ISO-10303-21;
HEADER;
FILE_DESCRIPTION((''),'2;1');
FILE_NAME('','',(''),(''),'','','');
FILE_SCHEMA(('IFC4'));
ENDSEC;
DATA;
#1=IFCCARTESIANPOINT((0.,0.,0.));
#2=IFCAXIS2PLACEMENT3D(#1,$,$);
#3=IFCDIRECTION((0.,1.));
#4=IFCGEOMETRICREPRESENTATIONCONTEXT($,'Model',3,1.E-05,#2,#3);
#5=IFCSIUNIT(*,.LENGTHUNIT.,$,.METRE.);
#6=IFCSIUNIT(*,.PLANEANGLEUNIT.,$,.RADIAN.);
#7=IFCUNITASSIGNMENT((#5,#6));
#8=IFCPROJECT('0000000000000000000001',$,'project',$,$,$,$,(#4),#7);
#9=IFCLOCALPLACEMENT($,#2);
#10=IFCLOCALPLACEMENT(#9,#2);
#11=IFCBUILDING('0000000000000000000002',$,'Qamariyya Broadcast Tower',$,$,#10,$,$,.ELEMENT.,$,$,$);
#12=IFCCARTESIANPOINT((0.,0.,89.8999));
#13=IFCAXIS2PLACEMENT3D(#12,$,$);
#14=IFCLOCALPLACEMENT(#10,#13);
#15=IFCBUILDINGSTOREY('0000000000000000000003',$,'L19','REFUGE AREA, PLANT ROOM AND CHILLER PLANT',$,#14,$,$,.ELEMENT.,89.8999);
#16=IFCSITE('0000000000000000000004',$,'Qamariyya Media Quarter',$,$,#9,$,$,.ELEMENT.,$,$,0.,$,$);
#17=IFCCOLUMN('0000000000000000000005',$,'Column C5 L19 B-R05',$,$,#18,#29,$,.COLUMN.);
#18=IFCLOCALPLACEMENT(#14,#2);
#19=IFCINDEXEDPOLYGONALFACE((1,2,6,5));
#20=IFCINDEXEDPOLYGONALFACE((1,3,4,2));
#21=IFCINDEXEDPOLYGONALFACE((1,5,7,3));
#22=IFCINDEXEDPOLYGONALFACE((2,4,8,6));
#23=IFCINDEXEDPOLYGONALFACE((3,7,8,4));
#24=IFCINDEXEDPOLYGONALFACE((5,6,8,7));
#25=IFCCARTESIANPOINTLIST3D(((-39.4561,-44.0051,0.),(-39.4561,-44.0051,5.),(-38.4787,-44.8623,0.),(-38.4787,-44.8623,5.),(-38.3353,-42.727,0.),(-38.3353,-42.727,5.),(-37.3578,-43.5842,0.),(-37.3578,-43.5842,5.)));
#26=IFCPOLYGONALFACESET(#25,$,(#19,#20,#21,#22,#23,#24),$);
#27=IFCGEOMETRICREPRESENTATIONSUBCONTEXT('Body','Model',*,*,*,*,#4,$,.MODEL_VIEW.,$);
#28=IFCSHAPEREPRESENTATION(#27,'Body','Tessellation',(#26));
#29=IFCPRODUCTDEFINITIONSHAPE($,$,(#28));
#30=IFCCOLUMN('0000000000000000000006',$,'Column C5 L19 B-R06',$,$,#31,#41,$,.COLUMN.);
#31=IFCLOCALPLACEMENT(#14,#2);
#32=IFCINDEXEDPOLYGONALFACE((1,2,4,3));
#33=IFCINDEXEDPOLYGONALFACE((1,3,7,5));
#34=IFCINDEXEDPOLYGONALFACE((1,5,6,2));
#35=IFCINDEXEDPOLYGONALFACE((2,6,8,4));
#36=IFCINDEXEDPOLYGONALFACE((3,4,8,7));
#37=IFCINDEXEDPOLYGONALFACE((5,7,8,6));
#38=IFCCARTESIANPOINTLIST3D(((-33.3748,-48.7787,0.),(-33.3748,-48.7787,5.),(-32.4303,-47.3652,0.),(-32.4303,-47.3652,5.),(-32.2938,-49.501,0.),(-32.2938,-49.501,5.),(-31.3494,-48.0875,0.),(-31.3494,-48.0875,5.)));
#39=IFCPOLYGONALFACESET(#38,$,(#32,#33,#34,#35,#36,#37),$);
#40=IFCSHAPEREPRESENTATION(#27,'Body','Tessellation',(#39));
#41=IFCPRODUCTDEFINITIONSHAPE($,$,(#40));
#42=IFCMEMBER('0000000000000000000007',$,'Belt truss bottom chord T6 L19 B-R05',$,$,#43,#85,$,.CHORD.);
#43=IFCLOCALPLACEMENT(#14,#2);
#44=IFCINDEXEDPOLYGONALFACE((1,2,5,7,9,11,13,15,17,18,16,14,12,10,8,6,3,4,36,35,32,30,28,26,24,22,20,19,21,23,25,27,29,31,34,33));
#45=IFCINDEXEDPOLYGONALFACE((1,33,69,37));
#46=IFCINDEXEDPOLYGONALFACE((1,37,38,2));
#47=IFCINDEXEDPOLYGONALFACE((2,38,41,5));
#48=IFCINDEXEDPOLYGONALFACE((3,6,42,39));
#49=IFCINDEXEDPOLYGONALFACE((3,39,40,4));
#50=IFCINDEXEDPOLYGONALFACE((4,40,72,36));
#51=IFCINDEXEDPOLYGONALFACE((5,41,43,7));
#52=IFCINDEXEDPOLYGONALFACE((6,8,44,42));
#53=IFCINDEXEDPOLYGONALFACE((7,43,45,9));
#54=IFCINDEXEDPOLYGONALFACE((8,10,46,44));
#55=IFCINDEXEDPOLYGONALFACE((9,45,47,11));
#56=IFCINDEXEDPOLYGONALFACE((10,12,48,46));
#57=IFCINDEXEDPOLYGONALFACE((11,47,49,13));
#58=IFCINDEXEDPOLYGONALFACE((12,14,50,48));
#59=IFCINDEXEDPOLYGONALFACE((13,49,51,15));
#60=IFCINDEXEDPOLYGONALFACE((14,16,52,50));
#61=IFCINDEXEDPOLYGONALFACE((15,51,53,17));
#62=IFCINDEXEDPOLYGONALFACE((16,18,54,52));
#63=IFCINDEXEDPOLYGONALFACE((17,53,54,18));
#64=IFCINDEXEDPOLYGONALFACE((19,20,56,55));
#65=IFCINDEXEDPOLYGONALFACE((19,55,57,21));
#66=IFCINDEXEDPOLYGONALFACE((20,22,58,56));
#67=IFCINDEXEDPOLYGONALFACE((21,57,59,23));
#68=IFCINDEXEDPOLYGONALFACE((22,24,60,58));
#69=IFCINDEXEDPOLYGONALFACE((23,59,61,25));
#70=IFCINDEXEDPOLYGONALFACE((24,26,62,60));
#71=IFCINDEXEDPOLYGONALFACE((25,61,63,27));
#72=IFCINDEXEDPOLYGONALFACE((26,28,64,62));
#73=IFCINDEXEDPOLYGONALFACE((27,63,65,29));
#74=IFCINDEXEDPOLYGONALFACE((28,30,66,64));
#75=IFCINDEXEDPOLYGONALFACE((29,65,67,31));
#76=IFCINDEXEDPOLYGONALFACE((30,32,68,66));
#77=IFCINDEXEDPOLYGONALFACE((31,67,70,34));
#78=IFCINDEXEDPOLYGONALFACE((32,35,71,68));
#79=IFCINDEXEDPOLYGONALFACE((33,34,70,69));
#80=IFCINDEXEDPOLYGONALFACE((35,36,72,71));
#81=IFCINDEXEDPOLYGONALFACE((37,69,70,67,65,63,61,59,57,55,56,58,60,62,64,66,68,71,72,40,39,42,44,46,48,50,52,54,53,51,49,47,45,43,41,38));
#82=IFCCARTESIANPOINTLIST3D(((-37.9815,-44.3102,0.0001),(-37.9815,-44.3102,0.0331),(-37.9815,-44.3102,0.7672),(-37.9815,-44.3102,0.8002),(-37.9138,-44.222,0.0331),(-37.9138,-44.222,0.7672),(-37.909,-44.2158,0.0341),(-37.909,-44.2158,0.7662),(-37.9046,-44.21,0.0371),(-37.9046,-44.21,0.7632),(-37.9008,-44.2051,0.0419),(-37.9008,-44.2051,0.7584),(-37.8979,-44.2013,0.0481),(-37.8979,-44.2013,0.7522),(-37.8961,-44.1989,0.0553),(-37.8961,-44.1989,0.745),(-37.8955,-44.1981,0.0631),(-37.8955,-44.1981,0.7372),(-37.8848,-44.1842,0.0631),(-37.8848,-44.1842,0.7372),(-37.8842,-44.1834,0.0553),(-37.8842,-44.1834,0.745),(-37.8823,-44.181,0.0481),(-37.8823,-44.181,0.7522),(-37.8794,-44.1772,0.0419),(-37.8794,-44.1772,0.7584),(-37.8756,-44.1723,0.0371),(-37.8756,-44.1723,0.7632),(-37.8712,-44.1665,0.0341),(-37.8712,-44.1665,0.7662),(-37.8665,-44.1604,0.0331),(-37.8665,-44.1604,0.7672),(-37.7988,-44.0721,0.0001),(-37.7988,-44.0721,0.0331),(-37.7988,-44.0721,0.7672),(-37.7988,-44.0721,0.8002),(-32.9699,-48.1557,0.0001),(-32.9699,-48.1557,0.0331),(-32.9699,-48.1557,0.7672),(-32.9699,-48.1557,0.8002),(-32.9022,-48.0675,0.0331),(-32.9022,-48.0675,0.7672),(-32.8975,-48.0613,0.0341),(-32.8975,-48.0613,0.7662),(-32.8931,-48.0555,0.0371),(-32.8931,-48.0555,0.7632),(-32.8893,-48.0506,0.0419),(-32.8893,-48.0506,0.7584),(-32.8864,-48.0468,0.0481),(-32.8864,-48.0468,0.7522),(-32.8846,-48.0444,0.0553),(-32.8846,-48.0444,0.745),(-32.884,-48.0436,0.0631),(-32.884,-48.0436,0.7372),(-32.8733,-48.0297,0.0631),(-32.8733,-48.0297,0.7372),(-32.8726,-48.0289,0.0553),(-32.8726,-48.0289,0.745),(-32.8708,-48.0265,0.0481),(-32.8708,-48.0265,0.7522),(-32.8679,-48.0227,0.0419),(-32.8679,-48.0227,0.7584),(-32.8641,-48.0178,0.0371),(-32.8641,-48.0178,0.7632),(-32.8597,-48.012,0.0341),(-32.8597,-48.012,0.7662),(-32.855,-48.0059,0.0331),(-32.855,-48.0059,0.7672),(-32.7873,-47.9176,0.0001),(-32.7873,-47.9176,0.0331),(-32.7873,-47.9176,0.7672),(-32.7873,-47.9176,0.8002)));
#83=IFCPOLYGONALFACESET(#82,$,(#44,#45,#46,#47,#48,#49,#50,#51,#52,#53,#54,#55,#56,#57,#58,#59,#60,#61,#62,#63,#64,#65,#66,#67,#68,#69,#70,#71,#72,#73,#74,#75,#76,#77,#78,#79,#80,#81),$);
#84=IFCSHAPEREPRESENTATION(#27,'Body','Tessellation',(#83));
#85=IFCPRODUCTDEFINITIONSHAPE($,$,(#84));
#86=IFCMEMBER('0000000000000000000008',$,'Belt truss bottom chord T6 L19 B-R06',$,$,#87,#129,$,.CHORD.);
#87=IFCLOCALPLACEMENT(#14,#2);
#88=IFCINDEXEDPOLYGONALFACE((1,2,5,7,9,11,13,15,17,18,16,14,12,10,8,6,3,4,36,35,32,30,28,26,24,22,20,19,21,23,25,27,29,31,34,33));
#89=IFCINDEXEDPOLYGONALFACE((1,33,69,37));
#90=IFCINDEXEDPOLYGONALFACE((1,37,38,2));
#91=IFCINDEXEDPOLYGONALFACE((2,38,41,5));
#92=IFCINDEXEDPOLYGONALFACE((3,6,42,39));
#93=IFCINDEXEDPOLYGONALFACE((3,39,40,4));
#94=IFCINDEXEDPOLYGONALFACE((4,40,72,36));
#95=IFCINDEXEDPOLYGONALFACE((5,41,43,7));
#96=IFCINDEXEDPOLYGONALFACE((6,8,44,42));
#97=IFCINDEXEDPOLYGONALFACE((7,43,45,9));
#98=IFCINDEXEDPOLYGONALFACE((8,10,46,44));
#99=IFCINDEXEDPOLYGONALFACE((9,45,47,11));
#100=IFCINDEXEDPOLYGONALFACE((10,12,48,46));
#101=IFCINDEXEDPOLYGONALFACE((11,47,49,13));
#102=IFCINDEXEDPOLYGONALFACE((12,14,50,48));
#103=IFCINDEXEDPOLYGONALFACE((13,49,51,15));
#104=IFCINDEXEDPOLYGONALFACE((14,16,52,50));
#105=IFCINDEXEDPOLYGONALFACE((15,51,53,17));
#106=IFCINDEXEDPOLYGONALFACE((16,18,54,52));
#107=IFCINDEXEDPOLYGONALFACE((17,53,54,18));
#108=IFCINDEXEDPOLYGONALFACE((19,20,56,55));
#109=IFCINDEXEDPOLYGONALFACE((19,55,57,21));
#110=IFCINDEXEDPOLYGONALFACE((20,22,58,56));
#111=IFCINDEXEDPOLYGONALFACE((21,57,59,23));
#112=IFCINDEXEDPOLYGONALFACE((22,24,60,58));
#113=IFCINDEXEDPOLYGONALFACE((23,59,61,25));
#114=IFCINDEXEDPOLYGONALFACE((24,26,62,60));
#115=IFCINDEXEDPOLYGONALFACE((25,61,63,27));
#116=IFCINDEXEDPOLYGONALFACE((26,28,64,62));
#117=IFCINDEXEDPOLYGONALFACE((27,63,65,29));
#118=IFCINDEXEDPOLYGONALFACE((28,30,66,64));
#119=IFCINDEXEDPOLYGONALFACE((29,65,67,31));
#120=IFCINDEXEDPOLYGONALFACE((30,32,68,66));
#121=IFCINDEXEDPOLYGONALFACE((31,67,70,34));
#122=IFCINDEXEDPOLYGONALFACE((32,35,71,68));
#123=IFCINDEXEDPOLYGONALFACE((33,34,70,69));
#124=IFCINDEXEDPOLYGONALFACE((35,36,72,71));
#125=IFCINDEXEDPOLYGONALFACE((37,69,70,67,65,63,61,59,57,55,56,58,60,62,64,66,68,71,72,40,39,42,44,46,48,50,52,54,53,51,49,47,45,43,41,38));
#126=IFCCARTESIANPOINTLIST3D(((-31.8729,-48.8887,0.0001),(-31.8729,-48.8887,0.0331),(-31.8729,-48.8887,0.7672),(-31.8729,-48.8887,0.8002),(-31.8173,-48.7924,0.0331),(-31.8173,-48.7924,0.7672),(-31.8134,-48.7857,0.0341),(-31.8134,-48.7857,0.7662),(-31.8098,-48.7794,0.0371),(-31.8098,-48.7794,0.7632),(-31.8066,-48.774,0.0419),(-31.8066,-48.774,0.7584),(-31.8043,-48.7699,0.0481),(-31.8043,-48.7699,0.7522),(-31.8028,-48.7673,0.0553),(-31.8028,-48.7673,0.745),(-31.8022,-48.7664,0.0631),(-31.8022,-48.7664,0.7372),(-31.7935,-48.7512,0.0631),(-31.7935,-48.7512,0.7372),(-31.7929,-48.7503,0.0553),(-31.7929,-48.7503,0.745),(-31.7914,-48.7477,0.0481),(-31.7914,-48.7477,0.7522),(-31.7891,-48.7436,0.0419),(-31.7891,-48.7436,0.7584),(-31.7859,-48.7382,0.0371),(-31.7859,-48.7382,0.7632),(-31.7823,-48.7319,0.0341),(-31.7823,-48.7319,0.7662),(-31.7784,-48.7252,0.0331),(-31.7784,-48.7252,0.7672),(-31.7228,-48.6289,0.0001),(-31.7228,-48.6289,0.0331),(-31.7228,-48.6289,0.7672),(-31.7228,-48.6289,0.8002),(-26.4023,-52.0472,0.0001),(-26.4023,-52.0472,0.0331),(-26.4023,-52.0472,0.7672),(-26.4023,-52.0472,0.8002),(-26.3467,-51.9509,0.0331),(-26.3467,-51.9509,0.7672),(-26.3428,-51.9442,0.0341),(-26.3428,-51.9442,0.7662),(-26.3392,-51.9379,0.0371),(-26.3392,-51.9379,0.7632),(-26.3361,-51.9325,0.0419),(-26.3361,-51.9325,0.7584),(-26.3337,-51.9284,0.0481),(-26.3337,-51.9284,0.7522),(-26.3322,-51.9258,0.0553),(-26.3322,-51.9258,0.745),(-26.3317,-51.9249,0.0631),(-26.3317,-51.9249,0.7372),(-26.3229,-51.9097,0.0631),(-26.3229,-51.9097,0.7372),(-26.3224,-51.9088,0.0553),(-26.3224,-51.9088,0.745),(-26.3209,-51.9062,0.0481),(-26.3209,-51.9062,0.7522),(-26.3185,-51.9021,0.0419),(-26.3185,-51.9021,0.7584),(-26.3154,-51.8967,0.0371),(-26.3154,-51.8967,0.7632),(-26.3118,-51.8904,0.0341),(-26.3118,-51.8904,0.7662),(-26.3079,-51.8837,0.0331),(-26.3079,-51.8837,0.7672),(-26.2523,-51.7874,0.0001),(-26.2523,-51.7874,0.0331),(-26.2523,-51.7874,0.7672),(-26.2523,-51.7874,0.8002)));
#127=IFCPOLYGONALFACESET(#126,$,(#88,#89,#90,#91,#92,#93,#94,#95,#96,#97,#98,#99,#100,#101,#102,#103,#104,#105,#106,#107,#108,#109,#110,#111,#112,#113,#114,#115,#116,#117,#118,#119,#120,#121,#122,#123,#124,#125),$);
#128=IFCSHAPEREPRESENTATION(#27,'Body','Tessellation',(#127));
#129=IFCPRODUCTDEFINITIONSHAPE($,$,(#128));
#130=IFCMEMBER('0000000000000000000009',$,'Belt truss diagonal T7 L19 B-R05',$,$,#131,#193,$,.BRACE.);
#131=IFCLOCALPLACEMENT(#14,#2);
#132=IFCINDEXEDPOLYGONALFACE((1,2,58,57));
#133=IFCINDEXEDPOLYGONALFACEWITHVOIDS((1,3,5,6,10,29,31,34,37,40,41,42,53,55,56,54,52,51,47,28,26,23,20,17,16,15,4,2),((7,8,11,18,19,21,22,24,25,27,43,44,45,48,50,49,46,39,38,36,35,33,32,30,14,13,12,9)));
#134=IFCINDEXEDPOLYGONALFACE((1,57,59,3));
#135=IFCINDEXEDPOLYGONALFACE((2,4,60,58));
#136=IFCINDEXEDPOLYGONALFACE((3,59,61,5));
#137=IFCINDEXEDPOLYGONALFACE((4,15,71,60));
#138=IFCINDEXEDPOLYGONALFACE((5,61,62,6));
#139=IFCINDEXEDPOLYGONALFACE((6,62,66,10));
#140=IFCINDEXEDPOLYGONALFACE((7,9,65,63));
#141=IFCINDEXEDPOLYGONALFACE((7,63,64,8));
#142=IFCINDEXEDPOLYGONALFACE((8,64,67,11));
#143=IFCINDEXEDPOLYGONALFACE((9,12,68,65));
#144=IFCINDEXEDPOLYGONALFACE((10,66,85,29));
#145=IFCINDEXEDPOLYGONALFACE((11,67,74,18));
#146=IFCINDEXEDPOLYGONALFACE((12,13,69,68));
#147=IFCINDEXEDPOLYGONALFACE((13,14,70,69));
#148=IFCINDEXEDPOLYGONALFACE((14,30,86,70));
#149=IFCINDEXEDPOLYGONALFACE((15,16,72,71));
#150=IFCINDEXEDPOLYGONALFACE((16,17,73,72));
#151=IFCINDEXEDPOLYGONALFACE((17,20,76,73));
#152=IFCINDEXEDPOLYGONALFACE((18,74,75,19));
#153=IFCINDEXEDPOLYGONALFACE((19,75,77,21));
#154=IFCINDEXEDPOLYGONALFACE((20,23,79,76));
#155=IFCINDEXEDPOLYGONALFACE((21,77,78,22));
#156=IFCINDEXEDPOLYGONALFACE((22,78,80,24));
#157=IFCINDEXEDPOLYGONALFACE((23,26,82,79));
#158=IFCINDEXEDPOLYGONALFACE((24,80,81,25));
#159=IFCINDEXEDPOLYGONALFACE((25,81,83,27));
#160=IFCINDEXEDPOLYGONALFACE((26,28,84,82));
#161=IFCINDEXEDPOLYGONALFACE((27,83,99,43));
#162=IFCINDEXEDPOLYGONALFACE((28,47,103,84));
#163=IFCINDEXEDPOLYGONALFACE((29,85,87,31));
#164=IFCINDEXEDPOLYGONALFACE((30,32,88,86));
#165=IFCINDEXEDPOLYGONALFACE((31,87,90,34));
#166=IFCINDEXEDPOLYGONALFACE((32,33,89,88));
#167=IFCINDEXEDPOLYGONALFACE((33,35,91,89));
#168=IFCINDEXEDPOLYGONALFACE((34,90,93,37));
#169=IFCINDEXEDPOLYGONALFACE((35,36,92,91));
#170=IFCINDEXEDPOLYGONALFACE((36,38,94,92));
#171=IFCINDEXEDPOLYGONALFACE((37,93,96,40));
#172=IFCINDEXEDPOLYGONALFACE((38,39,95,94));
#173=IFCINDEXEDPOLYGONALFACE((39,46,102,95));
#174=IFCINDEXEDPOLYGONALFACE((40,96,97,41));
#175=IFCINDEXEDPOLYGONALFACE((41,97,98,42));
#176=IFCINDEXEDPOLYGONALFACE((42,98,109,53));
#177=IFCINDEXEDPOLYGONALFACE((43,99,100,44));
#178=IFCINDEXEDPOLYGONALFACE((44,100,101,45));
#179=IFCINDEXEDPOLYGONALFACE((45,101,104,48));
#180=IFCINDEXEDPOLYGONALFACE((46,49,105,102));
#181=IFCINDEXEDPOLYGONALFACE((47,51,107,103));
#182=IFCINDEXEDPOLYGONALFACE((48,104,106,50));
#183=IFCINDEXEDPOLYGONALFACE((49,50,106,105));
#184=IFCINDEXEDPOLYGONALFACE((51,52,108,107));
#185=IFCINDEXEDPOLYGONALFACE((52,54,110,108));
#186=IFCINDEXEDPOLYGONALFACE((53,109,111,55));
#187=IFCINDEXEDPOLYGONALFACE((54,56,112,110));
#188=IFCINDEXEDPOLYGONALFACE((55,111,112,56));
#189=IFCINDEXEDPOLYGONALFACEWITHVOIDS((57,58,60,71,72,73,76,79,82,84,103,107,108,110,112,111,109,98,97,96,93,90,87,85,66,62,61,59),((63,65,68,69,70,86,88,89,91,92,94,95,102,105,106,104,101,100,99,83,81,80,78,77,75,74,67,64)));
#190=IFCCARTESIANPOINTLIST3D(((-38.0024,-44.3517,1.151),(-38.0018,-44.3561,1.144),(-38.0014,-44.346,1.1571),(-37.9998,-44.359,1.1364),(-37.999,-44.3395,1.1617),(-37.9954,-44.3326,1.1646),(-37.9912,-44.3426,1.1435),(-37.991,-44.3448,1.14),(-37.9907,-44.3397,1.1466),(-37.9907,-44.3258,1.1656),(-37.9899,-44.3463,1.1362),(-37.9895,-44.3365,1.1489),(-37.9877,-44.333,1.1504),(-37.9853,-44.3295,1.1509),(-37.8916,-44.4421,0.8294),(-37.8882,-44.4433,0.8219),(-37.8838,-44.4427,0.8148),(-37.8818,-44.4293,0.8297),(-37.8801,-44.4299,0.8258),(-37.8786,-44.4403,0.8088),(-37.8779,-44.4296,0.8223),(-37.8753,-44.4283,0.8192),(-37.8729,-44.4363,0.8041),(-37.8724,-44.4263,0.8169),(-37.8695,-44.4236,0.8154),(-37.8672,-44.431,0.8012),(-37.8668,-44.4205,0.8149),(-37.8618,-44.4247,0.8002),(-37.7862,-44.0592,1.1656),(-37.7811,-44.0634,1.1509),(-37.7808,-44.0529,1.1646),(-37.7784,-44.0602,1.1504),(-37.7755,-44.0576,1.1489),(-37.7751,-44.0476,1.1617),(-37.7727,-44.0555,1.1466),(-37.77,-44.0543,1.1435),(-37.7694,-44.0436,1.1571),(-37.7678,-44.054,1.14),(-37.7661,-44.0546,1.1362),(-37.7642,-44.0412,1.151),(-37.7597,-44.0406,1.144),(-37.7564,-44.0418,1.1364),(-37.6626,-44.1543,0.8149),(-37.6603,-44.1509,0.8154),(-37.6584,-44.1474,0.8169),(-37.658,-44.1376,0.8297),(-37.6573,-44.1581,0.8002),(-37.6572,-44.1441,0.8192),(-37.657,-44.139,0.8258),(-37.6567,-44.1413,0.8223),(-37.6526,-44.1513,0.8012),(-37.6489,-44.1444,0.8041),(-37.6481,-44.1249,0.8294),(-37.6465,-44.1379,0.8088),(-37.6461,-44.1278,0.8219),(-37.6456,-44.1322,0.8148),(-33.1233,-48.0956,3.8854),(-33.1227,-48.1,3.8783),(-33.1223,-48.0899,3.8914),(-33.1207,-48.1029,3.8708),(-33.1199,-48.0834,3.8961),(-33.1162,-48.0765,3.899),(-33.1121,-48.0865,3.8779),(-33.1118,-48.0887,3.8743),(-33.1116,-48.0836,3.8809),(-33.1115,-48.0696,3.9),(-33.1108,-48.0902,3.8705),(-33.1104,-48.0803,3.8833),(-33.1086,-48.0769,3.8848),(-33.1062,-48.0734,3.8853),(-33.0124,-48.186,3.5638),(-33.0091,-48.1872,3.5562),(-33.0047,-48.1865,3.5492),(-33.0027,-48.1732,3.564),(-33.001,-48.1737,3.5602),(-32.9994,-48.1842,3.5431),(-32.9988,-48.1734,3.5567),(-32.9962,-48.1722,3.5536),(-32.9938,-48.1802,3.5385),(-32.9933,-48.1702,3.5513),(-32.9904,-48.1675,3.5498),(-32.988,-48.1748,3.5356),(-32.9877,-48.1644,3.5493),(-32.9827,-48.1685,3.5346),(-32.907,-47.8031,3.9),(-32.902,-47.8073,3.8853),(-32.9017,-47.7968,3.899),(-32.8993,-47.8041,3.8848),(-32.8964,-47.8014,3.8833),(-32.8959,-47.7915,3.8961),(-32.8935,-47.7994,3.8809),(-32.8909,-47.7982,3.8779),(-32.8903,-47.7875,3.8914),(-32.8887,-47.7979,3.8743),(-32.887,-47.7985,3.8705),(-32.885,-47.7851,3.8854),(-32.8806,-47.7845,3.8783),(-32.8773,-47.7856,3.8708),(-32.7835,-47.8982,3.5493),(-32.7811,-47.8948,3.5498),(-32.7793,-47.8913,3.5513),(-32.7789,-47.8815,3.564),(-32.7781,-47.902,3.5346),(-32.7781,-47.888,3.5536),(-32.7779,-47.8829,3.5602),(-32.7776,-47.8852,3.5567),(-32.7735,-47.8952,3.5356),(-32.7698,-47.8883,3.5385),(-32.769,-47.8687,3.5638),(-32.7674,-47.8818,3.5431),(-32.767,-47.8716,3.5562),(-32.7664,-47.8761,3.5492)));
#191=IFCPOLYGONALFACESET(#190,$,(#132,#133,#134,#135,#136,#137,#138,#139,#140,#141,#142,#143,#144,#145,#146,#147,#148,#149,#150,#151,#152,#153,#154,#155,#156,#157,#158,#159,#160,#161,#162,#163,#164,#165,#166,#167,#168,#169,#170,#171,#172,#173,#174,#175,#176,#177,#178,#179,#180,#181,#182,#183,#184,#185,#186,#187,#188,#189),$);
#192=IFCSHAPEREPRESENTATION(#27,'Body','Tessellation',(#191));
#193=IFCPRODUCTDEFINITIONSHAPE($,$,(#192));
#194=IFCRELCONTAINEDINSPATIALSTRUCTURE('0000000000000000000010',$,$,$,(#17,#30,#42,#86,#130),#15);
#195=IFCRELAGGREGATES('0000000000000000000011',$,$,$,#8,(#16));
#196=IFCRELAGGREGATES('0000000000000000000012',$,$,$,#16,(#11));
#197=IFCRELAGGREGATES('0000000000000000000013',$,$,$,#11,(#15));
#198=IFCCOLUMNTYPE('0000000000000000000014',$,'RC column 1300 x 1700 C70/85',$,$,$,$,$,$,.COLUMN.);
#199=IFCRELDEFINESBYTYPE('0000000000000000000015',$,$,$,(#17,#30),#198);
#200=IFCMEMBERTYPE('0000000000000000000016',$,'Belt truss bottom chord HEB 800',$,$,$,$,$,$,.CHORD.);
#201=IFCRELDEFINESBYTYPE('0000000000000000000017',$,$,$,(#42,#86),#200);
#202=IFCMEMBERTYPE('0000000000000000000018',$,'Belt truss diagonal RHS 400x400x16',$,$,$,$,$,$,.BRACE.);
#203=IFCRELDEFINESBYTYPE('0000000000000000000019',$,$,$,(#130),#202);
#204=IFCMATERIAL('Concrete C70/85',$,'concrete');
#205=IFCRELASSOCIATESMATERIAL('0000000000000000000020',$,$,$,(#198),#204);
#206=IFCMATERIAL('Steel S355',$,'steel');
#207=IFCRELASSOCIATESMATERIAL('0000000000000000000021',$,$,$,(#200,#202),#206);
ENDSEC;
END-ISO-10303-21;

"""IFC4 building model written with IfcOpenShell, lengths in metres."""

from ifc_helpers import new_model, si_unit, direction, frame, origin, origin_2d, place, context, subcontext, project, spatial, rectangle, hollow_rectangle, i_section, extrude, material, material_profile, profile_set, type_object, element, save


model = new_model("IFC4")

# Units and contexts
model_context = context("Model", 3, precision=1e-05, world=origin(), true_north=direction((0.0, 1.0)))
body_context = subcontext(model_context, "Body", "Model", "MODEL_VIEW")
ifc_project = project(units=[si_unit("LENGTHUNIT", "METRE"), si_unit("PLANEANGLEUNIT", "RADIAN")], contexts=[model_context])

# Site, building, storey
site_placement = place(None, origin())
site = spatial("IfcSite", under=ifc_project, at=site_placement, Name="Qamariyya Media Quarter", CompositionType="ELEMENT", RefElevation=0.0)
building_placement = place(site_placement, origin())
building = spatial("IfcBuilding", under=site, at=building_placement, Name="Qamariyya Broadcast Tower", CompositionType="ELEMENT")
storey_placement = place(building_placement, frame((0.0, 0.0, 89.8999)))
storey = spatial("IfcBuildingStorey", under=building, at=storey_placement, Name="L19", Description="REFUGE AREA, PLANT ROOM AND CHILLER PLANT", CompositionType="ELEMENT", Elevation=89.8999)

# Columns
ifc_material_1 = material(Name="Concrete C70/85", Category="concrete")
ifc_material_profile_1 = material_profile(ifc_material_1, rectangle(XDim=1.3, YDim=1.7, at=origin_2d()))
ifc_profile_set_1 = profile_set([ifc_material_profile_1], Name="Concrete C70/85")
column_type = type_object("IfcColumnType", Name="RC column 1300 x 1700 C70/85", PredefinedType="COLUMN", material=ifc_profile_set_1)
for number, where, z_axis, x_axis, name in (
    (1, (-38.407, -43.7947, 0.0), (0.0, 0.0, 1.0), (0.75184, -0.659346, 0.0), "Column C5 L19 B-R05"),
    (2, (-32.3621, -48.4331, 0.0), (0.0, 0.0, 1.0), (0.83147, -0.55557, 0.0), "Column C5 L19 B-R06"),
):
    element("IfcColumn", number, at=place(storey_placement, frame(where, z_axis=z_axis, x_axis=x_axis)), inside=storey, type_object=column_type, Name=name, PredefinedType="COLUMN", context=body_context, shape_type="SweptSolid", body=[
        extrude(rectangle(XDim=1.3, YDim=1.7, at=origin_2d()), origin(), (0.0, 0.0, 1.0), 5.0),
    ])

# Members
ifc_material_2 = material(Name="Steel S355", Category="steel")
ifc_material_profile_2 = material_profile(ifc_material_2, i_section(OverallWidth=0.3, OverallDepth=0.8, WebThickness=0.0176, FlangeThickness=0.033, FilletRadius=0.03, at=origin_2d()))
ifc_profile_set_2 = profile_set([ifc_material_profile_2], Name="Steel S355")
member_type_1 = type_object("IfcMemberType", Name="Belt truss bottom chord HEB 800", PredefinedType="CHORD", material=ifc_profile_set_2)
for number, where, z_axis, x_axis, name in (
    (3, (-37.8901, -44.1912, 0.4001), (0.793352, -0.608763, 0.0), (0.608763, 0.793352, 0.0), "Belt truss bottom chord T6 L19 B-R05"),
    (4, (-31.7979, -48.7588, 0.4001), (0.86602, -0.500009, 0.0), (0.500009, 0.86602, 0.0), "Belt truss bottom chord T6 L19 B-R06"),
):
    element("IfcMember", number, at=place(storey_placement, frame(where, z_axis=z_axis, x_axis=x_axis)), inside=storey, type_object=member_type_1, Name=name, PredefinedType="CHORD", context=body_context, shape_type="SweptSolid", body=[
        extrude(i_section(OverallWidth=0.3, OverallDepth=0.8, WebThickness=0.0176, FlangeThickness=0.033, FilletRadius=0.03, at=origin_2d()), origin(), (0.0, 0.0, 1.0), 6.3169),
    ])
ifc_material_profile_3 = material_profile(ifc_material_2, hollow_rectangle(XDim=0.3999, YDim=0.3999, WallThickness=0.0161, InnerFilletRadius=0.0161, OuterFilletRadius=0.032, at=origin_2d()))
ifc_profile_set_3 = profile_set([ifc_material_profile_3], Name="Steel S355")
member_type_2 = type_object("IfcMemberType", Name="Belt truss diagonal RHS 400x400x16", PredefinedType="BRACE", material=ifc_profile_set_3)
for number, where, z_axis, x_axis, name in (
    (5, (-37.824, -44.2419, 0.9829), (0.724931, -0.556258, 0.406266), (0.608761, 0.793354, 0.0), "Belt truss diagonal T7 L19 B-R05"),
):
    element("IfcMember", number, at=place(storey_placement, frame(where, z_axis=z_axis, x_axis=x_axis)), inside=storey, type_object=member_type_2, Name=name, PredefinedType="BRACE", context=body_context, shape_type="SweptSolid", body=[
        extrude(hollow_rectangle(XDim=0.3999, YDim=0.3999, WallThickness=0.0161, InnerFilletRadius=0.0161, OuterFilletRadius=0.032, at=origin_2d()), origin(), (0.0, 0.0, 1.0), 6.7305),
    ])

save(model, "model.ifc")
